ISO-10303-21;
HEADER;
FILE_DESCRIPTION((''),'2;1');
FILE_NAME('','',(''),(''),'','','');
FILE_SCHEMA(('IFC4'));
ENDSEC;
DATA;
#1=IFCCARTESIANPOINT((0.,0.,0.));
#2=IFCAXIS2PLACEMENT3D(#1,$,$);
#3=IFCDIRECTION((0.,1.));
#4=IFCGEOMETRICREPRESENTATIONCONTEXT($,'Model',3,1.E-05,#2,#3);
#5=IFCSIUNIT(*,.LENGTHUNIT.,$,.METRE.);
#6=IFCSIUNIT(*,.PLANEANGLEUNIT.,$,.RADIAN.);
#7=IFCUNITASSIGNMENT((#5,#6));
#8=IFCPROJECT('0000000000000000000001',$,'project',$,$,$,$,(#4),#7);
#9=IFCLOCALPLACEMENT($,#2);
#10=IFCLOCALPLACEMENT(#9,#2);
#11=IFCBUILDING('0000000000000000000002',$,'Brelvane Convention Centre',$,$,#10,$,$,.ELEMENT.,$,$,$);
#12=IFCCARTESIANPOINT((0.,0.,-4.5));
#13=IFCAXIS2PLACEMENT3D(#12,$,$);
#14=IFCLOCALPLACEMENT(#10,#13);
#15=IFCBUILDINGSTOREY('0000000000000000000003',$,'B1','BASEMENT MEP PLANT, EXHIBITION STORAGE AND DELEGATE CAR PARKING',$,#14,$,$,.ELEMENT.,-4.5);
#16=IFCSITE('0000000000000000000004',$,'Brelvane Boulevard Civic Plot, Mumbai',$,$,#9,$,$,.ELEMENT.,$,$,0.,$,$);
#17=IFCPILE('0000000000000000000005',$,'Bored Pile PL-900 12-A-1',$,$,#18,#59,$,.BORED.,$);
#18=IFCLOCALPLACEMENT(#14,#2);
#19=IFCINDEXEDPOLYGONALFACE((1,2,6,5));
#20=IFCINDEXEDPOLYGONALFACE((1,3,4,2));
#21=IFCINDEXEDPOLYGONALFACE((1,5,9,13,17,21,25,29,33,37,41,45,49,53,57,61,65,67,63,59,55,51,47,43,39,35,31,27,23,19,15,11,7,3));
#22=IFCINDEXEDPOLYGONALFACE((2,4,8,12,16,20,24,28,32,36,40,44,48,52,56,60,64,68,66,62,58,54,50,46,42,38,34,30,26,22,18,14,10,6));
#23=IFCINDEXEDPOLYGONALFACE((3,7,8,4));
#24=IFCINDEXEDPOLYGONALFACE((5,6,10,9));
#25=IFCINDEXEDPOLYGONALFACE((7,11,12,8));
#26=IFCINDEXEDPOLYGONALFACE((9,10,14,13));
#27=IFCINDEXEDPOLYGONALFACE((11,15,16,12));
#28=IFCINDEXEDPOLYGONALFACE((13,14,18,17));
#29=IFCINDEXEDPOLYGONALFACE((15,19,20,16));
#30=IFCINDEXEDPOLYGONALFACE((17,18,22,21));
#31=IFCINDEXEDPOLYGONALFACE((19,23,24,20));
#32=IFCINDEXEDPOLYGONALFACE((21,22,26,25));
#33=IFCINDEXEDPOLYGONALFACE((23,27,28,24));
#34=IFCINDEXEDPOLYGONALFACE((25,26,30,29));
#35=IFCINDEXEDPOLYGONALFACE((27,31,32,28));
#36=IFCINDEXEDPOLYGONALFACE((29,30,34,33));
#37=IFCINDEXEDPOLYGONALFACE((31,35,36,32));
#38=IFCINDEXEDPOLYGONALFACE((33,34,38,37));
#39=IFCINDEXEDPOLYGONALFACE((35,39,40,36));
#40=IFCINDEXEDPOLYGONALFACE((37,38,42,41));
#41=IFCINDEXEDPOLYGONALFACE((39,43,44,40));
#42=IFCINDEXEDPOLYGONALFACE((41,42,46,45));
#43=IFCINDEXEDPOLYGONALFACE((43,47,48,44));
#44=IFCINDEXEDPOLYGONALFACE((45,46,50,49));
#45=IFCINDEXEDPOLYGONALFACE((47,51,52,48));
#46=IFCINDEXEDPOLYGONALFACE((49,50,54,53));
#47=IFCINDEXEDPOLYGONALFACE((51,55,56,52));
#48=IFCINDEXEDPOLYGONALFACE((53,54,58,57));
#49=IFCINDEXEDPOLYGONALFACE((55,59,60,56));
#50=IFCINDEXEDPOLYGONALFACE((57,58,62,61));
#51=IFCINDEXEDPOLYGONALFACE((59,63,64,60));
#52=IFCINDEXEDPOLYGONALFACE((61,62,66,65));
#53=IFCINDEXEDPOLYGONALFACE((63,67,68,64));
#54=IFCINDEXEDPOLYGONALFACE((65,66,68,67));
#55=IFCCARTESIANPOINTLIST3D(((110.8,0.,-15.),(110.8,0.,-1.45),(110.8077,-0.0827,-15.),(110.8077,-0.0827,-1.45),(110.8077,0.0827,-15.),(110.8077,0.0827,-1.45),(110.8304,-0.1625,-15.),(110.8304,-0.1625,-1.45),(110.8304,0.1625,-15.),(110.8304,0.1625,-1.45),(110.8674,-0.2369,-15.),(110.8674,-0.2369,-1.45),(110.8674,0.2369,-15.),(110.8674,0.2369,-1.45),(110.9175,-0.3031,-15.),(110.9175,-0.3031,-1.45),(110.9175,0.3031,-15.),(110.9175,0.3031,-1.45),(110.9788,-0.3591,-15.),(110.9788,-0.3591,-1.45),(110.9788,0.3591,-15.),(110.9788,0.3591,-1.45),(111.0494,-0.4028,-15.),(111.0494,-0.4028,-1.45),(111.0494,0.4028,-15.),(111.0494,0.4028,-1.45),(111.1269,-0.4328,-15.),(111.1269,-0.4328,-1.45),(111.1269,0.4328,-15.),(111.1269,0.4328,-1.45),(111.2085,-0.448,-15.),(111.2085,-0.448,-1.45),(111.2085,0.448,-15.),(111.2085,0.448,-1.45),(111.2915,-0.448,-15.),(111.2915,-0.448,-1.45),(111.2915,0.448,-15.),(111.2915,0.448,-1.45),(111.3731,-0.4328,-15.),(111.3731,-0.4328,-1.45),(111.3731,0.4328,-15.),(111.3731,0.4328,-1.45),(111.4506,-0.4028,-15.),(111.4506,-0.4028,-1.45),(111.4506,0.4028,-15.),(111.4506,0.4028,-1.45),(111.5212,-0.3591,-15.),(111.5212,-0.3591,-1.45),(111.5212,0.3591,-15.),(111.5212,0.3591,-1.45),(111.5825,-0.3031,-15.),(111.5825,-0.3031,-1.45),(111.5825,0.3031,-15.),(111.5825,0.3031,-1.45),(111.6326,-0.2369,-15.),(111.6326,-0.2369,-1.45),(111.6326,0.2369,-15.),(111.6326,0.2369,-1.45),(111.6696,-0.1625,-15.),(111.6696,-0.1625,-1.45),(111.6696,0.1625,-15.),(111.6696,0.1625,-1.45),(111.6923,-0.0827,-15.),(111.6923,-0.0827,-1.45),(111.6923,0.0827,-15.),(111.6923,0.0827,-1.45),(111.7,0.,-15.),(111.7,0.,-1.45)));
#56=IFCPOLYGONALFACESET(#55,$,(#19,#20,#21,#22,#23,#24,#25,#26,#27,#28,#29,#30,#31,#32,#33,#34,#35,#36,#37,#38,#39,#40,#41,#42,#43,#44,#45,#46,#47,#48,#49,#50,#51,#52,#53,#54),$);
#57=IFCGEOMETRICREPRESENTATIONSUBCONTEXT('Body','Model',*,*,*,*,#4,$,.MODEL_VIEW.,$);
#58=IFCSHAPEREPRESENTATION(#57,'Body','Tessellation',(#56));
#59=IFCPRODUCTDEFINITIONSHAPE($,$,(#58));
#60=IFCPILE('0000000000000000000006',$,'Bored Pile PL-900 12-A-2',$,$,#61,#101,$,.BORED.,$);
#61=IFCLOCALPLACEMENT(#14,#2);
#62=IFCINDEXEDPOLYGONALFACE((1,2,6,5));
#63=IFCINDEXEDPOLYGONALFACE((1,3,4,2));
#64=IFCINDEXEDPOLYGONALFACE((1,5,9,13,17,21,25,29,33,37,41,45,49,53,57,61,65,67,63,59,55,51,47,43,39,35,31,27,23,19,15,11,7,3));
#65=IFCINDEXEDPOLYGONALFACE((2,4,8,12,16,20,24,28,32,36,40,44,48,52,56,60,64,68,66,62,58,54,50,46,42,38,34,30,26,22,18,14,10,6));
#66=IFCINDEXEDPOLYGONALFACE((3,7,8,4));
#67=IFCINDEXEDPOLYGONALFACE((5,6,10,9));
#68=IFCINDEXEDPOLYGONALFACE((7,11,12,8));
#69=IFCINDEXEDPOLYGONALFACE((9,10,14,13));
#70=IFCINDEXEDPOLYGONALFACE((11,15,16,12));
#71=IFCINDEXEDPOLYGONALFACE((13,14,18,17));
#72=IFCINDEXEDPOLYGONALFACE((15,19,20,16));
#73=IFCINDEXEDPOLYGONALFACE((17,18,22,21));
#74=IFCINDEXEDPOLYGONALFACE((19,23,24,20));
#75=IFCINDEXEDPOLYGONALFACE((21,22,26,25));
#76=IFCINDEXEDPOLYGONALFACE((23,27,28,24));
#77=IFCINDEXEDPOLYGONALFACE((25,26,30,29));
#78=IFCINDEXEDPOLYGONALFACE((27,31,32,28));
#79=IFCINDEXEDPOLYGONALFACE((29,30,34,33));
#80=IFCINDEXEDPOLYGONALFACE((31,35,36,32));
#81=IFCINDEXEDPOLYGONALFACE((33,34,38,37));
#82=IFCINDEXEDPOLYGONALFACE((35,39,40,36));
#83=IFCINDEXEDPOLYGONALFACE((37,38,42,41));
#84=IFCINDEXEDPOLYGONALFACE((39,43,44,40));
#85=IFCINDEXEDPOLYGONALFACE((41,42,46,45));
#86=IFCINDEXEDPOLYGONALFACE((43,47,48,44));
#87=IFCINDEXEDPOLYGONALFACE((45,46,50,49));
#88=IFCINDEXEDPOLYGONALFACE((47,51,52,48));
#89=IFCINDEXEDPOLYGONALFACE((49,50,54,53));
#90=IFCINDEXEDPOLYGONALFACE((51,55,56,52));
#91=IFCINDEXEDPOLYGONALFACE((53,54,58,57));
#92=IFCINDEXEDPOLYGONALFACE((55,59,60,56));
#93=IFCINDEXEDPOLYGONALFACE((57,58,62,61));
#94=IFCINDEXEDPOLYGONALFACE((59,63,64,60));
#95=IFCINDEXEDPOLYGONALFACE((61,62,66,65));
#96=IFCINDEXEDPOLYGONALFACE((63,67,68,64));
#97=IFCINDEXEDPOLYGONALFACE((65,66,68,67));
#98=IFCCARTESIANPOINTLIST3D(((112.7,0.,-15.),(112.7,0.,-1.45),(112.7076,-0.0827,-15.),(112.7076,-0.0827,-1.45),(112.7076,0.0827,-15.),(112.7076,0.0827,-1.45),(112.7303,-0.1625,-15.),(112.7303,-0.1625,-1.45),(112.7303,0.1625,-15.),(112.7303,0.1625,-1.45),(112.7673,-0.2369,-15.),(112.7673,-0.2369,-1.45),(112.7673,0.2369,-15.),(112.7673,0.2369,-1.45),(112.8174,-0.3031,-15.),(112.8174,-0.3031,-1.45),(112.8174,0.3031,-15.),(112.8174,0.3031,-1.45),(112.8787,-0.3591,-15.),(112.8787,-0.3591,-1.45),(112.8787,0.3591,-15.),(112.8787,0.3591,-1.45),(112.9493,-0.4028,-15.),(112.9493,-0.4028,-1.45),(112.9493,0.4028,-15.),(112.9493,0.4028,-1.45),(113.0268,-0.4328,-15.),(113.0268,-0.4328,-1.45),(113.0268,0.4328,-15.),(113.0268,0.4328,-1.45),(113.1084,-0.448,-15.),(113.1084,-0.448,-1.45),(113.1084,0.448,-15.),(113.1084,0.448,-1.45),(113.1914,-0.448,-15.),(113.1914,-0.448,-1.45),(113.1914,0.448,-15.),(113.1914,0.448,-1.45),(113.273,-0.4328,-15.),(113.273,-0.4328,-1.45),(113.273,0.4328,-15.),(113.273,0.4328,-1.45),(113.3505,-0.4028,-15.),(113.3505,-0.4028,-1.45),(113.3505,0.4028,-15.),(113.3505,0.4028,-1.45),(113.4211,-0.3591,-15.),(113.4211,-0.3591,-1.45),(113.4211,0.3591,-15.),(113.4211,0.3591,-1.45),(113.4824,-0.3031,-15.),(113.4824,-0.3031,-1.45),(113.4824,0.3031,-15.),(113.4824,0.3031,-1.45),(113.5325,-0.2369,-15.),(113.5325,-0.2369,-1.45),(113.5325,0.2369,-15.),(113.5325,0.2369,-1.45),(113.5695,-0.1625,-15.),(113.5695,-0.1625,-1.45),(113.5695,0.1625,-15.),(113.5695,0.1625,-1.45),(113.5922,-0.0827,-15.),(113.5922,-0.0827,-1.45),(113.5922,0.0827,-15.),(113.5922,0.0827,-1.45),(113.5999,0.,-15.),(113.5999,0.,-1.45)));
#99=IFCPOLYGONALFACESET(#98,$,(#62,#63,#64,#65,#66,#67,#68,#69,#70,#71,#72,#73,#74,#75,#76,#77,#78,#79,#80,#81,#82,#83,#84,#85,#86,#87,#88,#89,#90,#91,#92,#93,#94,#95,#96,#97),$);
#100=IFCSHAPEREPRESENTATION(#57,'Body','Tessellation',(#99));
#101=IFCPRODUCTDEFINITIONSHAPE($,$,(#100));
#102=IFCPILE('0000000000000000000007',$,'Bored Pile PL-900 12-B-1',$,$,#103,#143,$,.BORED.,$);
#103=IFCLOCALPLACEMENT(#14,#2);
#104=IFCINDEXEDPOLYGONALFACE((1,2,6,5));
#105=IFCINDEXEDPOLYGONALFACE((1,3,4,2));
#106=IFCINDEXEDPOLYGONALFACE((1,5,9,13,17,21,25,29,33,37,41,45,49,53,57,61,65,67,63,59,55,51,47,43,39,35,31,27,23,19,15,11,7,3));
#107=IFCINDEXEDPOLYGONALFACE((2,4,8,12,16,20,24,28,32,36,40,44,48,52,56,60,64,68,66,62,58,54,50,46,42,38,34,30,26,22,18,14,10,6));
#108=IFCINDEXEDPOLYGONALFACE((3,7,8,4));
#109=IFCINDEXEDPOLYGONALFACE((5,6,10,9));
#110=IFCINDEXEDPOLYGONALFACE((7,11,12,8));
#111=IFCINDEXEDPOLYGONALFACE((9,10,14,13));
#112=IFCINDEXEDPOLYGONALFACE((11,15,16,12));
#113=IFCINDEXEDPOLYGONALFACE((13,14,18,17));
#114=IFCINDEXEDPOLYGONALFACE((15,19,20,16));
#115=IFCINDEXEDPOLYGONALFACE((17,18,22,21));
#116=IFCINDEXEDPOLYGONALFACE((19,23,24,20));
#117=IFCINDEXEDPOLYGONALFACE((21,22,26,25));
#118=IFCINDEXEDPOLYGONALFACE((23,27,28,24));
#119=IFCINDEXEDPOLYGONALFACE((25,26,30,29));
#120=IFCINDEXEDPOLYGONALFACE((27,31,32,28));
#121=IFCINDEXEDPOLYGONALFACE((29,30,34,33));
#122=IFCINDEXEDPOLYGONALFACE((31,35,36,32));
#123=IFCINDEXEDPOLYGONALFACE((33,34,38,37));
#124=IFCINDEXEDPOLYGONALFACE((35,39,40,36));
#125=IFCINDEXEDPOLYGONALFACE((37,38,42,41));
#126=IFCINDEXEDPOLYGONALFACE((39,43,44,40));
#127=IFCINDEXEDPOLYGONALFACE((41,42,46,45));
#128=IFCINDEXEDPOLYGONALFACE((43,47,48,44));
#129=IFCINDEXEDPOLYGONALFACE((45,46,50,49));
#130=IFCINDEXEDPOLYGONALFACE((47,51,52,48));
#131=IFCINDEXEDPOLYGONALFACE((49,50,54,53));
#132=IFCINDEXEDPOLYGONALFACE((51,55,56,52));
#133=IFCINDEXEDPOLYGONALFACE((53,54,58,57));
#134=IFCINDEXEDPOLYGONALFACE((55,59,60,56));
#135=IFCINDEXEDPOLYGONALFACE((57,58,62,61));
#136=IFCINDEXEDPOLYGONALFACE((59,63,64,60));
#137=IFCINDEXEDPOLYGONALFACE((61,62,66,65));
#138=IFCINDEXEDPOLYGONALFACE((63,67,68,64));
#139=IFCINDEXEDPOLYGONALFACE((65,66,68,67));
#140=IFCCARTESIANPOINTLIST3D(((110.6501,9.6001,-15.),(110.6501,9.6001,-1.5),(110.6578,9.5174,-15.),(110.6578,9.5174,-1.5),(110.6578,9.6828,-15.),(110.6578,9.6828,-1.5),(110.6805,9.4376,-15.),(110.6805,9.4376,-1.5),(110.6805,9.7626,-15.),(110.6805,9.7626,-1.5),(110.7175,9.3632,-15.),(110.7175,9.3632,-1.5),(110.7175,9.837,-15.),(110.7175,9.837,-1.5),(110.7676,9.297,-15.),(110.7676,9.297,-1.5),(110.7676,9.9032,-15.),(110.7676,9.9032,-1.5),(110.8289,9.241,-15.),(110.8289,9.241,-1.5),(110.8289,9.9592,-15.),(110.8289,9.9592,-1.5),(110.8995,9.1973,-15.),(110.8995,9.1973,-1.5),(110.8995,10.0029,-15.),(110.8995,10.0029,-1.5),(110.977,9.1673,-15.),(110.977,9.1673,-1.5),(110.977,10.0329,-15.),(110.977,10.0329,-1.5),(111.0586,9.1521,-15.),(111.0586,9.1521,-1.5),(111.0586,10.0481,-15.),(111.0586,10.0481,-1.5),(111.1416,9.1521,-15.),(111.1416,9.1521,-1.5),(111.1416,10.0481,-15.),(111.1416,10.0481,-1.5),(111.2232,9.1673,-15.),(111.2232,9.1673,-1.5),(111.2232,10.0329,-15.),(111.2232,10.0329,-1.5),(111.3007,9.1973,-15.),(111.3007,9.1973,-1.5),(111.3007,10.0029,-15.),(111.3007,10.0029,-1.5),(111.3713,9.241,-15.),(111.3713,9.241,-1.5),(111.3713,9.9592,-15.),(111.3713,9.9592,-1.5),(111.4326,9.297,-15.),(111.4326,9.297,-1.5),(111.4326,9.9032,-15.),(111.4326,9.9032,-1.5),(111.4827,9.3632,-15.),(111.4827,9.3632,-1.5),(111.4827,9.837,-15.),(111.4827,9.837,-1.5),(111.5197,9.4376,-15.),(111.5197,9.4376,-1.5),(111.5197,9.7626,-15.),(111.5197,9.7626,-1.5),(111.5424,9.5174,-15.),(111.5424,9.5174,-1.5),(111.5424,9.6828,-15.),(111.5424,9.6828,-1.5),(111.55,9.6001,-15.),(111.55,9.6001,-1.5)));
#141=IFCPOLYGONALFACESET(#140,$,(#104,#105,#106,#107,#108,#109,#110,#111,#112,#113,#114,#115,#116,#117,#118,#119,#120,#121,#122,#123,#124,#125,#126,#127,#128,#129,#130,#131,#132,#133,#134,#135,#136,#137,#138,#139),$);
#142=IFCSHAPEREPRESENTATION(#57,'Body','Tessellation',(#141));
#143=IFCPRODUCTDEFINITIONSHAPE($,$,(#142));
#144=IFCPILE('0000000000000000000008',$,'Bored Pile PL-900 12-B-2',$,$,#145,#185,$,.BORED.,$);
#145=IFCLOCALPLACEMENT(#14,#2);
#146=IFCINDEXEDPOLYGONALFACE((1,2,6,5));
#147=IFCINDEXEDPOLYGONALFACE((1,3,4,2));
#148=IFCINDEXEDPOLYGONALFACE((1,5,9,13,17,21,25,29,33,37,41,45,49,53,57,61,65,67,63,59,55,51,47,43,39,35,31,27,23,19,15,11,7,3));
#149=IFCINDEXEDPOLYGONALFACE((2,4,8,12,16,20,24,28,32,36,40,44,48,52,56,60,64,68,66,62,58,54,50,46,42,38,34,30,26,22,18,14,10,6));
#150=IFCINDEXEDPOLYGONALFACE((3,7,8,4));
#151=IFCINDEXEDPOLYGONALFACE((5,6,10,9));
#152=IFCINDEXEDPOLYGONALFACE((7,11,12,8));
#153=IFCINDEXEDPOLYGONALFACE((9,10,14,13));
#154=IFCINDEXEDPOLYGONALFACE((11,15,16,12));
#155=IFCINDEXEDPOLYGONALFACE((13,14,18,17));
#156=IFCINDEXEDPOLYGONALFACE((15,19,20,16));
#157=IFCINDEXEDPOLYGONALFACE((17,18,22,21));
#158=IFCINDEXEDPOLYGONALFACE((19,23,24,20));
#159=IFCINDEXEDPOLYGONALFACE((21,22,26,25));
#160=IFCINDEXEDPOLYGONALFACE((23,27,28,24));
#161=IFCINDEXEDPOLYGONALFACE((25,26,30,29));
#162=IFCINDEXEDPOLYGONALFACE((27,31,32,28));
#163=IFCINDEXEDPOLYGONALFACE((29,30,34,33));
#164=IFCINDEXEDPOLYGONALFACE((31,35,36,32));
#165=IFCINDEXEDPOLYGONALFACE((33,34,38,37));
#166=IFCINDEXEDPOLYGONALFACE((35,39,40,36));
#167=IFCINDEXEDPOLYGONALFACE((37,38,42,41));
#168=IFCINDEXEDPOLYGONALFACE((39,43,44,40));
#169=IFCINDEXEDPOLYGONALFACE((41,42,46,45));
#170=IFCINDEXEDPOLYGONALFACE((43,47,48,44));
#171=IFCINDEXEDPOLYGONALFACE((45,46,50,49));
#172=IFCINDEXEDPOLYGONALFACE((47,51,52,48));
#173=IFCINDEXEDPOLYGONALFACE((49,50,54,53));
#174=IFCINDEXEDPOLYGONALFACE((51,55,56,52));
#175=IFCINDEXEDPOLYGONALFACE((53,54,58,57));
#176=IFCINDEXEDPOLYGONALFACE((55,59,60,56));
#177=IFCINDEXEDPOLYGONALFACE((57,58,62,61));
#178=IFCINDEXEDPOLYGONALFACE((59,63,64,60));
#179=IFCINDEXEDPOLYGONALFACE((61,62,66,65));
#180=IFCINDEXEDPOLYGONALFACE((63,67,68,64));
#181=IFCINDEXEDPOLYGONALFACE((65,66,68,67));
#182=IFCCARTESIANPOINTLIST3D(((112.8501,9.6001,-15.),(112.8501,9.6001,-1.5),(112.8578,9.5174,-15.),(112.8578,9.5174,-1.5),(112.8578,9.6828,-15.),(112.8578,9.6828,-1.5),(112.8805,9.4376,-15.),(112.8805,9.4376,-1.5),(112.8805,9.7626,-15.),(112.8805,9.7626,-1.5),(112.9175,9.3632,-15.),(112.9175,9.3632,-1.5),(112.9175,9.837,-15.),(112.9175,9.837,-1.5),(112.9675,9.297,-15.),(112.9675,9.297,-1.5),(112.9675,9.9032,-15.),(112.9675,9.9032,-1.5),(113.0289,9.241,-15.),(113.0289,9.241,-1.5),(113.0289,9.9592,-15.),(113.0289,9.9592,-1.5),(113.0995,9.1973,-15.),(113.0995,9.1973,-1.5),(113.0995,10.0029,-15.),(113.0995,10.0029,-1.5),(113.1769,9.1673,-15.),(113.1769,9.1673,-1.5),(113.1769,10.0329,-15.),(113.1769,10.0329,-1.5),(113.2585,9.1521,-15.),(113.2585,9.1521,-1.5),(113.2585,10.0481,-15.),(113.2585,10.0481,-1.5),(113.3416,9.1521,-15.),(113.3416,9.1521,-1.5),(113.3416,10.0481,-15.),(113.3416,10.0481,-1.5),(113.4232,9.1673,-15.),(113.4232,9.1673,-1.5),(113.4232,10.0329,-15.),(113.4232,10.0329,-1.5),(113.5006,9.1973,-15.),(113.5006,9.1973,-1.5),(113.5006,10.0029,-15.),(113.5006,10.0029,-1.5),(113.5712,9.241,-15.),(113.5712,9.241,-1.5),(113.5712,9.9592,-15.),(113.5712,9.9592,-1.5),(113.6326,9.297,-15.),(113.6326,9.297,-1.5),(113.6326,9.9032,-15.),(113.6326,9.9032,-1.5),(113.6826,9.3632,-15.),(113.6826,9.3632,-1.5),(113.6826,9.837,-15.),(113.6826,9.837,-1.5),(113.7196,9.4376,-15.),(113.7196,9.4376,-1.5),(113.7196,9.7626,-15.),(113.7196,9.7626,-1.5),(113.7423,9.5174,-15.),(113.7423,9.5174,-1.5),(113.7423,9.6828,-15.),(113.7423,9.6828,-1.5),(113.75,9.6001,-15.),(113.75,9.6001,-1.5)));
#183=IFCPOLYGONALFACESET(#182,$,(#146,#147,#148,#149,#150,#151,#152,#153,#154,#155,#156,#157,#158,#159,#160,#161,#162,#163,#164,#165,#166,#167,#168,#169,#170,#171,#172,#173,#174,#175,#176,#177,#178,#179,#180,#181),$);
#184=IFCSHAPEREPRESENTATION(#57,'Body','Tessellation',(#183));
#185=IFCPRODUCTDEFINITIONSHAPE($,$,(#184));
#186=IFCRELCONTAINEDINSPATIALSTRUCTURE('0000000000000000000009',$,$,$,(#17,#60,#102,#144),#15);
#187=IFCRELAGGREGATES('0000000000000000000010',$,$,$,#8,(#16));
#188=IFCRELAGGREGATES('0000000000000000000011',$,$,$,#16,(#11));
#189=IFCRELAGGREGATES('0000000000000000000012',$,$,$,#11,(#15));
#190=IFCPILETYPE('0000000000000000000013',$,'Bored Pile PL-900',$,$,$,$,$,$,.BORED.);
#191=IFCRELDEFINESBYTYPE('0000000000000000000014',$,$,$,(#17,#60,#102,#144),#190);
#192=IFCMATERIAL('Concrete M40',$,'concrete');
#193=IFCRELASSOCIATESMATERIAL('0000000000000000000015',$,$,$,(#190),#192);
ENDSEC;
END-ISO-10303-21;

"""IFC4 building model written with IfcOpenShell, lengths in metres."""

from ifc_helpers import new_model, si_unit, direction, frame, origin, origin_2d, place, context, subcontext, project, spatial, circle, extrude, material, material_profile, profile_set, type_object, element, save


model = new_model("IFC4")

# Units and contexts
model_context = context("Model", 3, precision=1e-05, world=origin(), true_north=direction((0.0, 1.0)))
body_context = subcontext(model_context, "Body", "Model", "MODEL_VIEW")
ifc_project = project(units=[si_unit("LENGTHUNIT", "METRE"), si_unit("PLANEANGLEUNIT", "RADIAN")], contexts=[model_context])

# Site, building, storey
site_placement = place(None, origin())
site = spatial("IfcSite", under=ifc_project, at=site_placement, Name="Brelvane Boulevard Civic Plot, Mumbai", CompositionType="ELEMENT", RefElevation=0.0)
building_placement = place(site_placement, origin())
building = spatial("IfcBuilding", under=site, at=building_placement, Name="Brelvane Convention Centre", CompositionType="ELEMENT")
storey_placement = place(building_placement, frame((0.0, 0.0, -4.5)))
storey = spatial("IfcBuildingStorey", under=building, at=storey_placement, Name="B1", Description="BASEMENT MEP PLANT, EXHIBITION STORAGE AND DELEGATE CAR PARKING", CompositionType="ELEMENT", Elevation=-4.5)

# Piles
ifc_material_1 = material(Name="Concrete M40", Category="concrete")
ifc_material_profile_1 = material_profile(ifc_material_1, circle(Radius=0.45, at=origin_2d()), Name="PILE D900")
ifc_profile_set_1 = profile_set([ifc_material_profile_1], Name="Concrete M40")
pile_type = type_object("IfcPileType", Name="Bored Pile PL-900", PredefinedType="BORED", material=ifc_profile_set_1)
for number, where, z_axis, x_axis, name in (
    (1, (111.25, 0.0, -1.45), (0.0, 0.0, -1.0), (1.0, 0.0, 0.0), "Bored Pile PL-900 12-A-1"),
    (2, (113.1499, 0.0, -1.45), (0.0, 0.0, -1.0), (1.0, 0.0, 0.0), "Bored Pile PL-900 12-A-2"),
):
    element("IfcPile", number, at=place(storey_placement, frame(where, z_axis=z_axis, x_axis=x_axis)), inside=storey, type_object=pile_type, Name=name, PredefinedType="BORED", context=body_context, shape_type="SweptSolid", body=[
        extrude(circle(Radius=0.45, at=origin_2d()), origin(), (0.0, 0.0, 1.0), 13.55),
    ])
for number, where, z_axis, x_axis, name in (
    (3, (111.1001, 9.6001, -1.5), (0.0, 0.0, -1.0), (1.0, 0.0, 0.0), "Bored Pile PL-900 12-B-1"),
    (4, (113.3, 9.6001, -1.5), (0.0, 0.0, -1.0), (1.0, 0.0, 0.0), "Bored Pile PL-900 12-B-2"),
):
    element("IfcPile", number, at=place(storey_placement, frame(where, z_axis=z_axis, x_axis=x_axis)), inside=storey, type_object=pile_type, Name=name, PredefinedType="BORED", context=body_context, shape_type="SweptSolid", body=[
        extrude(circle(Radius=0.45, at=origin_2d()), origin(), (0.0, 0.0, 1.0), 13.5),
    ])

save(model, "model.ifc")
